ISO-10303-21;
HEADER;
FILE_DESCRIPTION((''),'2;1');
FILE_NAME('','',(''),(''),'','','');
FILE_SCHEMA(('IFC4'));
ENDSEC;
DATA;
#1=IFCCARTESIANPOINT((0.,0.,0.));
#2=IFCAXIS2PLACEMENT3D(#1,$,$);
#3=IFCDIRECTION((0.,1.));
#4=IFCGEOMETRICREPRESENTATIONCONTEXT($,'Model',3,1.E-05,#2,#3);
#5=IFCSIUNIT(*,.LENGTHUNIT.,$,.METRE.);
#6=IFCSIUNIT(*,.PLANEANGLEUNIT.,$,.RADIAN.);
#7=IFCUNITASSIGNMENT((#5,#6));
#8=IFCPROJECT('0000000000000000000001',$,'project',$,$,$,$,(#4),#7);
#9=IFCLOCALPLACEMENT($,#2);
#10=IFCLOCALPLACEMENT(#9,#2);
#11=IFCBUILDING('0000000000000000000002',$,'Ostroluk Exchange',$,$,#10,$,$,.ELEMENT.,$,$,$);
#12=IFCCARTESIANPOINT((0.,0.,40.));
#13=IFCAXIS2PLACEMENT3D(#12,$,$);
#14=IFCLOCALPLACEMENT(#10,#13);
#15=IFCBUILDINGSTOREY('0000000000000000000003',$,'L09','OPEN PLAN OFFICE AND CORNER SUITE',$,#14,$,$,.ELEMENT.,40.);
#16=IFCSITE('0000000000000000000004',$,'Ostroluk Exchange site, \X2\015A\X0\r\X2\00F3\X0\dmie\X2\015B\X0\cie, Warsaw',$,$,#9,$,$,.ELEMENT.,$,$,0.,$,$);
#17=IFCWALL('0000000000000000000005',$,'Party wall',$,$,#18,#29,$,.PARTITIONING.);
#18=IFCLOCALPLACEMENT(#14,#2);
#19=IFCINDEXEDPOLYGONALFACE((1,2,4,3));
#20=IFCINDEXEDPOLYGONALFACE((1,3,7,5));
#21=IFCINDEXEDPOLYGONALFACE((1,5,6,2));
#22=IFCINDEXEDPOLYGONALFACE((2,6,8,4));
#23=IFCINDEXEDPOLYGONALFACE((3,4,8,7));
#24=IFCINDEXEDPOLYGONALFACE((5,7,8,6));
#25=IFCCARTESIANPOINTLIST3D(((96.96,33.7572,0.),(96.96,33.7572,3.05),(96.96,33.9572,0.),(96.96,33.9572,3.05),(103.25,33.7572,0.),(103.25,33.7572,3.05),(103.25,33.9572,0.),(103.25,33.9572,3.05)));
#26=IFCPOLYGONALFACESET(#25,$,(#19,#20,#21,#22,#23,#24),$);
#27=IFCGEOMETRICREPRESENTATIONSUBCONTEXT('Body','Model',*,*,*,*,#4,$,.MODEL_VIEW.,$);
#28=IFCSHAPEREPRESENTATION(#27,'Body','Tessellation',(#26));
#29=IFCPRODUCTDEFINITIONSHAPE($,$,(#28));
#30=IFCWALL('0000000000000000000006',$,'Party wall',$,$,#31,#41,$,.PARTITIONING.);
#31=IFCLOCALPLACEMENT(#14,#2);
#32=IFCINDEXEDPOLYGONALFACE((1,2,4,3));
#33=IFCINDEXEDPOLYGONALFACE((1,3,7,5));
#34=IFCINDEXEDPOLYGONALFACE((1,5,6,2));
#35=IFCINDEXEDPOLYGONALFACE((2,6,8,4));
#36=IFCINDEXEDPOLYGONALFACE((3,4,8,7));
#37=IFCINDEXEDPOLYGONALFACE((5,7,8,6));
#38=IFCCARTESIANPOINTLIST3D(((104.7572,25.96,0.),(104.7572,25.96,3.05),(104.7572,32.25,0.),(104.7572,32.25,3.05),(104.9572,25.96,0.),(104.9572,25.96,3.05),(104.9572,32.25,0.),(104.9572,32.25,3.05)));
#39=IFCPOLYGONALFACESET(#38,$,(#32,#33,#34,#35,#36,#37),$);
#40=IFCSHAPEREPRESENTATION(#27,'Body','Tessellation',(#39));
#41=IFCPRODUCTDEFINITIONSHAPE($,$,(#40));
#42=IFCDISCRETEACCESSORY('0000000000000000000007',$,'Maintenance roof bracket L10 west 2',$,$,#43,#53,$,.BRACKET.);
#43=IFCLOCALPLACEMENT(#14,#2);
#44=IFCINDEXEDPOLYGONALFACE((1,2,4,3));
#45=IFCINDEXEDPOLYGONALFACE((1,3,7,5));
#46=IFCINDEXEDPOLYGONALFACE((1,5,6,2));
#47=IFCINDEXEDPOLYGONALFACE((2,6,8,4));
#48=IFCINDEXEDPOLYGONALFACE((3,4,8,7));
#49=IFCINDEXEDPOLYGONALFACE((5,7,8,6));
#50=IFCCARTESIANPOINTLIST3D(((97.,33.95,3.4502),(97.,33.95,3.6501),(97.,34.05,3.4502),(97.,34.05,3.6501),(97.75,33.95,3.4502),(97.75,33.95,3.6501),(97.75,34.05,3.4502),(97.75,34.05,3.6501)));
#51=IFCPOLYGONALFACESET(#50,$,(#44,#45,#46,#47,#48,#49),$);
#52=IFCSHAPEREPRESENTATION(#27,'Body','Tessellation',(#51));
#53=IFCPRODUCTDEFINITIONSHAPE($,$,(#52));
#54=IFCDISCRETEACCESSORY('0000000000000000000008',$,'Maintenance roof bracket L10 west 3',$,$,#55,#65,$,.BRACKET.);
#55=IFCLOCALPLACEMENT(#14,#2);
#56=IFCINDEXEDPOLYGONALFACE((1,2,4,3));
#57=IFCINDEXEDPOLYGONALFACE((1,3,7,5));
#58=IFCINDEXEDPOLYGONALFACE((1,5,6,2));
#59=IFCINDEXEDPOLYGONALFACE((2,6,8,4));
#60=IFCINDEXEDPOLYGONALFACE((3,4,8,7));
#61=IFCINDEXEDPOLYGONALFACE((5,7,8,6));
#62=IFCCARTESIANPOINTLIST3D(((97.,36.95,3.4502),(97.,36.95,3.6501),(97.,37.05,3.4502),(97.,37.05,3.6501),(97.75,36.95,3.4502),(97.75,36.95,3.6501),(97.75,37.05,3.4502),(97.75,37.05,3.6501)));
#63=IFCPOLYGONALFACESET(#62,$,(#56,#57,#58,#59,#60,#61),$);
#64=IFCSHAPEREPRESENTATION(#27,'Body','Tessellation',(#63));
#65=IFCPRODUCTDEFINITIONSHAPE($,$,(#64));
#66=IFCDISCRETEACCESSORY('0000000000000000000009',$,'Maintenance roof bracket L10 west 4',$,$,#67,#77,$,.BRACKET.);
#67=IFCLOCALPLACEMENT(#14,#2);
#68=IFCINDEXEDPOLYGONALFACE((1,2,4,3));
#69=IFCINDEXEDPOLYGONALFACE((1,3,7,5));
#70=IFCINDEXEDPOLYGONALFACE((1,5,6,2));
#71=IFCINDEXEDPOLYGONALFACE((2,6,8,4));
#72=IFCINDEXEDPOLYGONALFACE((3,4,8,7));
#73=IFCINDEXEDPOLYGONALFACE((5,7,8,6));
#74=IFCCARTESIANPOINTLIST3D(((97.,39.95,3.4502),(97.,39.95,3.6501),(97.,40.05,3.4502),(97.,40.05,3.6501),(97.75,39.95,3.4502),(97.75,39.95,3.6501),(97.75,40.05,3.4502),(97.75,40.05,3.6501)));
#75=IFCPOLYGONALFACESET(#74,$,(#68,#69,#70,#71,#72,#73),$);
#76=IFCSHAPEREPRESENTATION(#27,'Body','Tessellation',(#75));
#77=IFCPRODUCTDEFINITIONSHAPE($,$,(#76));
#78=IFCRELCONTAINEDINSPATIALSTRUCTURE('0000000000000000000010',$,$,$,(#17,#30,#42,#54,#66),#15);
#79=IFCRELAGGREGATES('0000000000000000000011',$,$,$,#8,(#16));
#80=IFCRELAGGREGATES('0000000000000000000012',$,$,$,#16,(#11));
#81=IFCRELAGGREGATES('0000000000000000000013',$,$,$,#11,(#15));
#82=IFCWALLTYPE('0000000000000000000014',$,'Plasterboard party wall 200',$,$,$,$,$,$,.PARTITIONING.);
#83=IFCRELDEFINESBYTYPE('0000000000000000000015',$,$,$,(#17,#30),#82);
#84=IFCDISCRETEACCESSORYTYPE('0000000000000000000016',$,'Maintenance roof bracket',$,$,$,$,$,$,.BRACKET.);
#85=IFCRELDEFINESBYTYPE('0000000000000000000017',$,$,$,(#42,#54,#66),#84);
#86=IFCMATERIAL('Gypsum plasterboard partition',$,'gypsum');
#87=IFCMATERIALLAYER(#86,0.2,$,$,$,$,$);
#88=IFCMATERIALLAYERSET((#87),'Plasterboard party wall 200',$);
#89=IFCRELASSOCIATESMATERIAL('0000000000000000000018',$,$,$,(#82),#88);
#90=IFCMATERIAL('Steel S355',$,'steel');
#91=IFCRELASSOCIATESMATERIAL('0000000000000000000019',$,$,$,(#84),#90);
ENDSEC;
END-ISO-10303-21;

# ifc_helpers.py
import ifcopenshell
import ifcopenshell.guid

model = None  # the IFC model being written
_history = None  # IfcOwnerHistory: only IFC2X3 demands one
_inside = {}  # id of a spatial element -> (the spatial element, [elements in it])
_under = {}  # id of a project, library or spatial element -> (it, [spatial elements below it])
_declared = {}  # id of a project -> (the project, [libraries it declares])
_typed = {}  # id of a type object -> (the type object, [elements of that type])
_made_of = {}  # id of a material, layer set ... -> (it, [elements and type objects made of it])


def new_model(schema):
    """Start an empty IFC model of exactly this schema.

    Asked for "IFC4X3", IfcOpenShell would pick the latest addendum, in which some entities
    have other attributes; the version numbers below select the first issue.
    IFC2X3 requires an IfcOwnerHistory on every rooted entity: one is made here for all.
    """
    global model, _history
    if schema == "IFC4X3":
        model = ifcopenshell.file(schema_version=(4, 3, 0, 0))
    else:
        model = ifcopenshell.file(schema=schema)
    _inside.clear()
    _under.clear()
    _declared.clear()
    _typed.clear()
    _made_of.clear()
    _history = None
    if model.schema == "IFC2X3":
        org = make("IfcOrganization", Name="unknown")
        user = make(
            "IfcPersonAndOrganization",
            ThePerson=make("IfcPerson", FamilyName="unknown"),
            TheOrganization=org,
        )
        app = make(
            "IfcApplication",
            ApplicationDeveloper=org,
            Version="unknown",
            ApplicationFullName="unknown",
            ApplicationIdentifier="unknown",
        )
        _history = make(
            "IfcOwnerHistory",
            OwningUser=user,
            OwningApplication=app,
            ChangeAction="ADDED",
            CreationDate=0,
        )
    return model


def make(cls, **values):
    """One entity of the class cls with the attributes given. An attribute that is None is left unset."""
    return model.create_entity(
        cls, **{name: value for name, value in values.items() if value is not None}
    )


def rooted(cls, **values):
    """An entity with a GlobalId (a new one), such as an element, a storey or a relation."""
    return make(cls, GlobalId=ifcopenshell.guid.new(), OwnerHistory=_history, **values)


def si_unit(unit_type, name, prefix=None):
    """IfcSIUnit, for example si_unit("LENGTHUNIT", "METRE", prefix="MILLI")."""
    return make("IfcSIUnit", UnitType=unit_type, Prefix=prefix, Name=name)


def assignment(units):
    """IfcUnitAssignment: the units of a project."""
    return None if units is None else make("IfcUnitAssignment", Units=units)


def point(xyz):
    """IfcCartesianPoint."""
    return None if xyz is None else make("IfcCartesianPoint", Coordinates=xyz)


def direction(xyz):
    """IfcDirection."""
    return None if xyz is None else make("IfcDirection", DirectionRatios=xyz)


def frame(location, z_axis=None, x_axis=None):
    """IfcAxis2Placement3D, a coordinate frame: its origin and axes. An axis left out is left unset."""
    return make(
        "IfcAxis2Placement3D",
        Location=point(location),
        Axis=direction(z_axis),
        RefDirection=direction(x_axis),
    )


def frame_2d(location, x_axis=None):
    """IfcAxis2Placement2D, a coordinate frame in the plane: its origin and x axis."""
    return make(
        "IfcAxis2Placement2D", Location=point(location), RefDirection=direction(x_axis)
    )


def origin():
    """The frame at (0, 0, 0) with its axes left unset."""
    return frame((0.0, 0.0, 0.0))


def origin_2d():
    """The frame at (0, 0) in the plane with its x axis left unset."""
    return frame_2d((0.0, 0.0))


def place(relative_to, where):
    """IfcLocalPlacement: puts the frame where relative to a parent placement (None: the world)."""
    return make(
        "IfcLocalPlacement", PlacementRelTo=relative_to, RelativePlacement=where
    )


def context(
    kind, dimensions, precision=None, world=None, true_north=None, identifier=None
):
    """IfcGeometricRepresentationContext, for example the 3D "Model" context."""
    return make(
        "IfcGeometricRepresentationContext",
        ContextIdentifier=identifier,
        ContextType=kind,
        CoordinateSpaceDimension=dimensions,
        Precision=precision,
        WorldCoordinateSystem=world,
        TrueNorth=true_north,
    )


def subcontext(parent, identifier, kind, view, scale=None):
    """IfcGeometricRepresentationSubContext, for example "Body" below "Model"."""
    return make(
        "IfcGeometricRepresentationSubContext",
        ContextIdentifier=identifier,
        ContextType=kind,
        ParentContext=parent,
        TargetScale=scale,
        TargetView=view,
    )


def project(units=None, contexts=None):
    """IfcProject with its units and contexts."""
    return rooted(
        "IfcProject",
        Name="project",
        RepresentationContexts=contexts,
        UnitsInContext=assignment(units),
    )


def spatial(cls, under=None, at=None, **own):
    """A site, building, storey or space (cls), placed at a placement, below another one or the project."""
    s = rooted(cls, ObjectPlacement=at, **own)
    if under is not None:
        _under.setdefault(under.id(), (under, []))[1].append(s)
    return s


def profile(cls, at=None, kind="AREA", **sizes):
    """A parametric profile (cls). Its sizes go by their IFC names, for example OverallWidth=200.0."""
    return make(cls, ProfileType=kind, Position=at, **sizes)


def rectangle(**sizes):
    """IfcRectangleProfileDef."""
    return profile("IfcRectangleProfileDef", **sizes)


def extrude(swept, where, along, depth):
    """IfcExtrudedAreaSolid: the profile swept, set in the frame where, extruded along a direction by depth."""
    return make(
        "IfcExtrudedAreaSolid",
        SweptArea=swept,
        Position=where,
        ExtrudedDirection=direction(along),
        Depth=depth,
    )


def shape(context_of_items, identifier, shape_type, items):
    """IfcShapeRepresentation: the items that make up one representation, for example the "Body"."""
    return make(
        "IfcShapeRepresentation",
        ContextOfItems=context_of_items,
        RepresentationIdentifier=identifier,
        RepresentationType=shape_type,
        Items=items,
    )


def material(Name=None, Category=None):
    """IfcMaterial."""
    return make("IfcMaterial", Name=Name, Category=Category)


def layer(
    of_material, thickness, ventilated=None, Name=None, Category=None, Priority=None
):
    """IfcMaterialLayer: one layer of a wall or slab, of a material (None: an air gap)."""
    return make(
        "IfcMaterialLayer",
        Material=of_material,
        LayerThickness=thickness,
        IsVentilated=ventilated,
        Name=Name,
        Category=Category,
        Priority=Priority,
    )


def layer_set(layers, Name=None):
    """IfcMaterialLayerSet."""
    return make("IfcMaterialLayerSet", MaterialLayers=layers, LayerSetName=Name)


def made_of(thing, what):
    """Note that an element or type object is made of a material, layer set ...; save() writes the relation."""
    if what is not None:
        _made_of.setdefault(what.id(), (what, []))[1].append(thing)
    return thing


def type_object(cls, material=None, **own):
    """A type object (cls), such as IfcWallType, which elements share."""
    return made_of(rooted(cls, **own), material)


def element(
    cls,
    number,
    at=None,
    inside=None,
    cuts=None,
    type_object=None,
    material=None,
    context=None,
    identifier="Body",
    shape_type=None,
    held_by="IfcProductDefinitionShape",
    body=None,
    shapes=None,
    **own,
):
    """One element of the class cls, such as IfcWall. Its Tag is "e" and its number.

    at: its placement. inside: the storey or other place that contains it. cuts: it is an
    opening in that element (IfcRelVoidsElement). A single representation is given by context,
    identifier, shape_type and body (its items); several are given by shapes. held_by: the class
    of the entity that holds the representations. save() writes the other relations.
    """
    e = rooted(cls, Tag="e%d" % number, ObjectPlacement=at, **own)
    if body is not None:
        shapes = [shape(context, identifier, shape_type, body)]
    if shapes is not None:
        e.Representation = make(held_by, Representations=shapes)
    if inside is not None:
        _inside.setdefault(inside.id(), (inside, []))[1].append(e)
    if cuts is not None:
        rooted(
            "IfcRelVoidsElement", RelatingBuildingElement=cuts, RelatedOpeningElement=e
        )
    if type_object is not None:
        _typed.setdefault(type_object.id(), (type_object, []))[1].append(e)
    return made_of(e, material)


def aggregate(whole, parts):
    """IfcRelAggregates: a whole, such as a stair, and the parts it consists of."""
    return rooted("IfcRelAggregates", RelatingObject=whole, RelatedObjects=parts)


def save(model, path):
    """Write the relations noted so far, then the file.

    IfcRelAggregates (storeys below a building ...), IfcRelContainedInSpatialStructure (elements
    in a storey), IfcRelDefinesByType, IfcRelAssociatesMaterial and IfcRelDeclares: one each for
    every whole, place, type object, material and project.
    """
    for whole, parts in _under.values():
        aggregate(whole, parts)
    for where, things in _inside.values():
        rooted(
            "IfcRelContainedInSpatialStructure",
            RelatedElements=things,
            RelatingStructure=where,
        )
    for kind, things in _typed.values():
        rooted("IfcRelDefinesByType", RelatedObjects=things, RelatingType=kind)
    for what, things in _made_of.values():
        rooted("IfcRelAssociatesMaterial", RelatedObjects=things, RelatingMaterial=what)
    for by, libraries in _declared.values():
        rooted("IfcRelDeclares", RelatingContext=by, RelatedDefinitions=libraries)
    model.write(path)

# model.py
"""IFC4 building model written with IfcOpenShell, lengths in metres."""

from ifc_helpers import new_model, si_unit, direction, frame, frame_2d, origin, origin_2d, place, context, subcontext, project, spatial, rectangle, extrude, material, layer, layer_set, type_object, element, save


model = new_model("IFC4")

# Units and contexts
model_context = context("Model", 3, precision=1e-05, world=origin(), true_north=direction((0.0, 1.0)))
body_context = subcontext(model_context, "Body", "Model", "MODEL_VIEW")
ifc_project = project(units=[si_unit("LENGTHUNIT", "METRE"), si_unit("PLANEANGLEUNIT", "RADIAN")], contexts=[model_context])

# Site, building, storey
site_placement = place(None, origin())
site = spatial("IfcSite", under=ifc_project, at=site_placement, Name="Ostroluk Exchange site, Śródmieście, Warsaw", CompositionType="ELEMENT", RefElevation=0.0)
building_placement = place(site_placement, origin())
building = spatial("IfcBuilding", under=site, at=building_placement, Name="Ostroluk Exchange", CompositionType="ELEMENT")
storey_placement = place(building_placement, frame((0.0, 0.0, 40.0)))
storey = spatial("IfcBuildingStorey", under=building, at=storey_placement, Name="L09", Description="OPEN PLAN OFFICE AND CORNER SUITE", CompositionType="ELEMENT", Elevation=40.0)

# Walls
ifc_material_1 = material(Name="Gypsum plasterboard partition", Category="gypsum")
ifc_layer_1 = layer(ifc_material_1, 0.2)
ifc_layer_set_1 = layer_set([ifc_layer_1], Name="Plasterboard party wall 200")
wall_type_1 = type_object("IfcWallType", Name="Plasterboard party wall 200", PredefinedType="PARTITIONING", material=ifc_layer_set_1)
for number, where, z_axis, x_axis, name in (
    (1, (103.25, 33.8572, 0.0), (0.0, 0.0, 1.0), (-1.0, 0.0, 0.0), "Party wall"),
    (2, (104.8572, 32.25, 0.0), (0.0, 0.0, 1.0), (0.0, -1.0, 0.0), "Party wall"),
):
    element("IfcWall", number, at=place(storey_placement, frame(where, z_axis=z_axis, x_axis=x_axis)), inside=storey, type_object=wall_type_1, Name=name, PredefinedType="PARTITIONING", context=body_context, shape_type="SweptSolid", body=[
        extrude(rectangle(XDim=6.29, YDim=0.2, at=frame_2d((3.145, 0.0))), origin(), (0.0, 0.0, 1.0), 3.05),
    ])

# Discrete accessories
ifc_material_2 = material(Name="Steel S355", Category="steel")
discrete_accessory_type = type_object("IfcDiscreteAccessoryType", Name="Maintenance roof bracket", PredefinedType="BRACKET", material=ifc_material_2)
for number, where, z_axis, x_axis, name in (
    (3, (97.375, 34.0, 3.4502), (0.0, 0.0, 1.0), (1.0, 0.0, 0.0), "Maintenance roof bracket L10 west 2"),
    (4, (97.375, 37.0, 3.4502), (0.0, 0.0, 1.0), (1.0, 0.0, 0.0), "Maintenance roof bracket L10 west 3"),
    (5, (97.375, 40.0, 3.4502), (0.0, 0.0, 1.0), (1.0, 0.0, 0.0), "Maintenance roof bracket L10 west 4"),
):
    element("IfcDiscreteAccessory", number, at=place(storey_placement, frame(where, z_axis=z_axis, x_axis=x_axis)), inside=storey, type_object=discrete_accessory_type, Name=name, PredefinedType="BRACKET", context=body_context, shape_type="SweptSolid", body=[
        extrude(rectangle(XDim=0.75, YDim=0.1001, at=origin_2d()), origin(), (0.0, 0.0, 1.0), 0.2),
    ])

save(model, "model.ifc")
